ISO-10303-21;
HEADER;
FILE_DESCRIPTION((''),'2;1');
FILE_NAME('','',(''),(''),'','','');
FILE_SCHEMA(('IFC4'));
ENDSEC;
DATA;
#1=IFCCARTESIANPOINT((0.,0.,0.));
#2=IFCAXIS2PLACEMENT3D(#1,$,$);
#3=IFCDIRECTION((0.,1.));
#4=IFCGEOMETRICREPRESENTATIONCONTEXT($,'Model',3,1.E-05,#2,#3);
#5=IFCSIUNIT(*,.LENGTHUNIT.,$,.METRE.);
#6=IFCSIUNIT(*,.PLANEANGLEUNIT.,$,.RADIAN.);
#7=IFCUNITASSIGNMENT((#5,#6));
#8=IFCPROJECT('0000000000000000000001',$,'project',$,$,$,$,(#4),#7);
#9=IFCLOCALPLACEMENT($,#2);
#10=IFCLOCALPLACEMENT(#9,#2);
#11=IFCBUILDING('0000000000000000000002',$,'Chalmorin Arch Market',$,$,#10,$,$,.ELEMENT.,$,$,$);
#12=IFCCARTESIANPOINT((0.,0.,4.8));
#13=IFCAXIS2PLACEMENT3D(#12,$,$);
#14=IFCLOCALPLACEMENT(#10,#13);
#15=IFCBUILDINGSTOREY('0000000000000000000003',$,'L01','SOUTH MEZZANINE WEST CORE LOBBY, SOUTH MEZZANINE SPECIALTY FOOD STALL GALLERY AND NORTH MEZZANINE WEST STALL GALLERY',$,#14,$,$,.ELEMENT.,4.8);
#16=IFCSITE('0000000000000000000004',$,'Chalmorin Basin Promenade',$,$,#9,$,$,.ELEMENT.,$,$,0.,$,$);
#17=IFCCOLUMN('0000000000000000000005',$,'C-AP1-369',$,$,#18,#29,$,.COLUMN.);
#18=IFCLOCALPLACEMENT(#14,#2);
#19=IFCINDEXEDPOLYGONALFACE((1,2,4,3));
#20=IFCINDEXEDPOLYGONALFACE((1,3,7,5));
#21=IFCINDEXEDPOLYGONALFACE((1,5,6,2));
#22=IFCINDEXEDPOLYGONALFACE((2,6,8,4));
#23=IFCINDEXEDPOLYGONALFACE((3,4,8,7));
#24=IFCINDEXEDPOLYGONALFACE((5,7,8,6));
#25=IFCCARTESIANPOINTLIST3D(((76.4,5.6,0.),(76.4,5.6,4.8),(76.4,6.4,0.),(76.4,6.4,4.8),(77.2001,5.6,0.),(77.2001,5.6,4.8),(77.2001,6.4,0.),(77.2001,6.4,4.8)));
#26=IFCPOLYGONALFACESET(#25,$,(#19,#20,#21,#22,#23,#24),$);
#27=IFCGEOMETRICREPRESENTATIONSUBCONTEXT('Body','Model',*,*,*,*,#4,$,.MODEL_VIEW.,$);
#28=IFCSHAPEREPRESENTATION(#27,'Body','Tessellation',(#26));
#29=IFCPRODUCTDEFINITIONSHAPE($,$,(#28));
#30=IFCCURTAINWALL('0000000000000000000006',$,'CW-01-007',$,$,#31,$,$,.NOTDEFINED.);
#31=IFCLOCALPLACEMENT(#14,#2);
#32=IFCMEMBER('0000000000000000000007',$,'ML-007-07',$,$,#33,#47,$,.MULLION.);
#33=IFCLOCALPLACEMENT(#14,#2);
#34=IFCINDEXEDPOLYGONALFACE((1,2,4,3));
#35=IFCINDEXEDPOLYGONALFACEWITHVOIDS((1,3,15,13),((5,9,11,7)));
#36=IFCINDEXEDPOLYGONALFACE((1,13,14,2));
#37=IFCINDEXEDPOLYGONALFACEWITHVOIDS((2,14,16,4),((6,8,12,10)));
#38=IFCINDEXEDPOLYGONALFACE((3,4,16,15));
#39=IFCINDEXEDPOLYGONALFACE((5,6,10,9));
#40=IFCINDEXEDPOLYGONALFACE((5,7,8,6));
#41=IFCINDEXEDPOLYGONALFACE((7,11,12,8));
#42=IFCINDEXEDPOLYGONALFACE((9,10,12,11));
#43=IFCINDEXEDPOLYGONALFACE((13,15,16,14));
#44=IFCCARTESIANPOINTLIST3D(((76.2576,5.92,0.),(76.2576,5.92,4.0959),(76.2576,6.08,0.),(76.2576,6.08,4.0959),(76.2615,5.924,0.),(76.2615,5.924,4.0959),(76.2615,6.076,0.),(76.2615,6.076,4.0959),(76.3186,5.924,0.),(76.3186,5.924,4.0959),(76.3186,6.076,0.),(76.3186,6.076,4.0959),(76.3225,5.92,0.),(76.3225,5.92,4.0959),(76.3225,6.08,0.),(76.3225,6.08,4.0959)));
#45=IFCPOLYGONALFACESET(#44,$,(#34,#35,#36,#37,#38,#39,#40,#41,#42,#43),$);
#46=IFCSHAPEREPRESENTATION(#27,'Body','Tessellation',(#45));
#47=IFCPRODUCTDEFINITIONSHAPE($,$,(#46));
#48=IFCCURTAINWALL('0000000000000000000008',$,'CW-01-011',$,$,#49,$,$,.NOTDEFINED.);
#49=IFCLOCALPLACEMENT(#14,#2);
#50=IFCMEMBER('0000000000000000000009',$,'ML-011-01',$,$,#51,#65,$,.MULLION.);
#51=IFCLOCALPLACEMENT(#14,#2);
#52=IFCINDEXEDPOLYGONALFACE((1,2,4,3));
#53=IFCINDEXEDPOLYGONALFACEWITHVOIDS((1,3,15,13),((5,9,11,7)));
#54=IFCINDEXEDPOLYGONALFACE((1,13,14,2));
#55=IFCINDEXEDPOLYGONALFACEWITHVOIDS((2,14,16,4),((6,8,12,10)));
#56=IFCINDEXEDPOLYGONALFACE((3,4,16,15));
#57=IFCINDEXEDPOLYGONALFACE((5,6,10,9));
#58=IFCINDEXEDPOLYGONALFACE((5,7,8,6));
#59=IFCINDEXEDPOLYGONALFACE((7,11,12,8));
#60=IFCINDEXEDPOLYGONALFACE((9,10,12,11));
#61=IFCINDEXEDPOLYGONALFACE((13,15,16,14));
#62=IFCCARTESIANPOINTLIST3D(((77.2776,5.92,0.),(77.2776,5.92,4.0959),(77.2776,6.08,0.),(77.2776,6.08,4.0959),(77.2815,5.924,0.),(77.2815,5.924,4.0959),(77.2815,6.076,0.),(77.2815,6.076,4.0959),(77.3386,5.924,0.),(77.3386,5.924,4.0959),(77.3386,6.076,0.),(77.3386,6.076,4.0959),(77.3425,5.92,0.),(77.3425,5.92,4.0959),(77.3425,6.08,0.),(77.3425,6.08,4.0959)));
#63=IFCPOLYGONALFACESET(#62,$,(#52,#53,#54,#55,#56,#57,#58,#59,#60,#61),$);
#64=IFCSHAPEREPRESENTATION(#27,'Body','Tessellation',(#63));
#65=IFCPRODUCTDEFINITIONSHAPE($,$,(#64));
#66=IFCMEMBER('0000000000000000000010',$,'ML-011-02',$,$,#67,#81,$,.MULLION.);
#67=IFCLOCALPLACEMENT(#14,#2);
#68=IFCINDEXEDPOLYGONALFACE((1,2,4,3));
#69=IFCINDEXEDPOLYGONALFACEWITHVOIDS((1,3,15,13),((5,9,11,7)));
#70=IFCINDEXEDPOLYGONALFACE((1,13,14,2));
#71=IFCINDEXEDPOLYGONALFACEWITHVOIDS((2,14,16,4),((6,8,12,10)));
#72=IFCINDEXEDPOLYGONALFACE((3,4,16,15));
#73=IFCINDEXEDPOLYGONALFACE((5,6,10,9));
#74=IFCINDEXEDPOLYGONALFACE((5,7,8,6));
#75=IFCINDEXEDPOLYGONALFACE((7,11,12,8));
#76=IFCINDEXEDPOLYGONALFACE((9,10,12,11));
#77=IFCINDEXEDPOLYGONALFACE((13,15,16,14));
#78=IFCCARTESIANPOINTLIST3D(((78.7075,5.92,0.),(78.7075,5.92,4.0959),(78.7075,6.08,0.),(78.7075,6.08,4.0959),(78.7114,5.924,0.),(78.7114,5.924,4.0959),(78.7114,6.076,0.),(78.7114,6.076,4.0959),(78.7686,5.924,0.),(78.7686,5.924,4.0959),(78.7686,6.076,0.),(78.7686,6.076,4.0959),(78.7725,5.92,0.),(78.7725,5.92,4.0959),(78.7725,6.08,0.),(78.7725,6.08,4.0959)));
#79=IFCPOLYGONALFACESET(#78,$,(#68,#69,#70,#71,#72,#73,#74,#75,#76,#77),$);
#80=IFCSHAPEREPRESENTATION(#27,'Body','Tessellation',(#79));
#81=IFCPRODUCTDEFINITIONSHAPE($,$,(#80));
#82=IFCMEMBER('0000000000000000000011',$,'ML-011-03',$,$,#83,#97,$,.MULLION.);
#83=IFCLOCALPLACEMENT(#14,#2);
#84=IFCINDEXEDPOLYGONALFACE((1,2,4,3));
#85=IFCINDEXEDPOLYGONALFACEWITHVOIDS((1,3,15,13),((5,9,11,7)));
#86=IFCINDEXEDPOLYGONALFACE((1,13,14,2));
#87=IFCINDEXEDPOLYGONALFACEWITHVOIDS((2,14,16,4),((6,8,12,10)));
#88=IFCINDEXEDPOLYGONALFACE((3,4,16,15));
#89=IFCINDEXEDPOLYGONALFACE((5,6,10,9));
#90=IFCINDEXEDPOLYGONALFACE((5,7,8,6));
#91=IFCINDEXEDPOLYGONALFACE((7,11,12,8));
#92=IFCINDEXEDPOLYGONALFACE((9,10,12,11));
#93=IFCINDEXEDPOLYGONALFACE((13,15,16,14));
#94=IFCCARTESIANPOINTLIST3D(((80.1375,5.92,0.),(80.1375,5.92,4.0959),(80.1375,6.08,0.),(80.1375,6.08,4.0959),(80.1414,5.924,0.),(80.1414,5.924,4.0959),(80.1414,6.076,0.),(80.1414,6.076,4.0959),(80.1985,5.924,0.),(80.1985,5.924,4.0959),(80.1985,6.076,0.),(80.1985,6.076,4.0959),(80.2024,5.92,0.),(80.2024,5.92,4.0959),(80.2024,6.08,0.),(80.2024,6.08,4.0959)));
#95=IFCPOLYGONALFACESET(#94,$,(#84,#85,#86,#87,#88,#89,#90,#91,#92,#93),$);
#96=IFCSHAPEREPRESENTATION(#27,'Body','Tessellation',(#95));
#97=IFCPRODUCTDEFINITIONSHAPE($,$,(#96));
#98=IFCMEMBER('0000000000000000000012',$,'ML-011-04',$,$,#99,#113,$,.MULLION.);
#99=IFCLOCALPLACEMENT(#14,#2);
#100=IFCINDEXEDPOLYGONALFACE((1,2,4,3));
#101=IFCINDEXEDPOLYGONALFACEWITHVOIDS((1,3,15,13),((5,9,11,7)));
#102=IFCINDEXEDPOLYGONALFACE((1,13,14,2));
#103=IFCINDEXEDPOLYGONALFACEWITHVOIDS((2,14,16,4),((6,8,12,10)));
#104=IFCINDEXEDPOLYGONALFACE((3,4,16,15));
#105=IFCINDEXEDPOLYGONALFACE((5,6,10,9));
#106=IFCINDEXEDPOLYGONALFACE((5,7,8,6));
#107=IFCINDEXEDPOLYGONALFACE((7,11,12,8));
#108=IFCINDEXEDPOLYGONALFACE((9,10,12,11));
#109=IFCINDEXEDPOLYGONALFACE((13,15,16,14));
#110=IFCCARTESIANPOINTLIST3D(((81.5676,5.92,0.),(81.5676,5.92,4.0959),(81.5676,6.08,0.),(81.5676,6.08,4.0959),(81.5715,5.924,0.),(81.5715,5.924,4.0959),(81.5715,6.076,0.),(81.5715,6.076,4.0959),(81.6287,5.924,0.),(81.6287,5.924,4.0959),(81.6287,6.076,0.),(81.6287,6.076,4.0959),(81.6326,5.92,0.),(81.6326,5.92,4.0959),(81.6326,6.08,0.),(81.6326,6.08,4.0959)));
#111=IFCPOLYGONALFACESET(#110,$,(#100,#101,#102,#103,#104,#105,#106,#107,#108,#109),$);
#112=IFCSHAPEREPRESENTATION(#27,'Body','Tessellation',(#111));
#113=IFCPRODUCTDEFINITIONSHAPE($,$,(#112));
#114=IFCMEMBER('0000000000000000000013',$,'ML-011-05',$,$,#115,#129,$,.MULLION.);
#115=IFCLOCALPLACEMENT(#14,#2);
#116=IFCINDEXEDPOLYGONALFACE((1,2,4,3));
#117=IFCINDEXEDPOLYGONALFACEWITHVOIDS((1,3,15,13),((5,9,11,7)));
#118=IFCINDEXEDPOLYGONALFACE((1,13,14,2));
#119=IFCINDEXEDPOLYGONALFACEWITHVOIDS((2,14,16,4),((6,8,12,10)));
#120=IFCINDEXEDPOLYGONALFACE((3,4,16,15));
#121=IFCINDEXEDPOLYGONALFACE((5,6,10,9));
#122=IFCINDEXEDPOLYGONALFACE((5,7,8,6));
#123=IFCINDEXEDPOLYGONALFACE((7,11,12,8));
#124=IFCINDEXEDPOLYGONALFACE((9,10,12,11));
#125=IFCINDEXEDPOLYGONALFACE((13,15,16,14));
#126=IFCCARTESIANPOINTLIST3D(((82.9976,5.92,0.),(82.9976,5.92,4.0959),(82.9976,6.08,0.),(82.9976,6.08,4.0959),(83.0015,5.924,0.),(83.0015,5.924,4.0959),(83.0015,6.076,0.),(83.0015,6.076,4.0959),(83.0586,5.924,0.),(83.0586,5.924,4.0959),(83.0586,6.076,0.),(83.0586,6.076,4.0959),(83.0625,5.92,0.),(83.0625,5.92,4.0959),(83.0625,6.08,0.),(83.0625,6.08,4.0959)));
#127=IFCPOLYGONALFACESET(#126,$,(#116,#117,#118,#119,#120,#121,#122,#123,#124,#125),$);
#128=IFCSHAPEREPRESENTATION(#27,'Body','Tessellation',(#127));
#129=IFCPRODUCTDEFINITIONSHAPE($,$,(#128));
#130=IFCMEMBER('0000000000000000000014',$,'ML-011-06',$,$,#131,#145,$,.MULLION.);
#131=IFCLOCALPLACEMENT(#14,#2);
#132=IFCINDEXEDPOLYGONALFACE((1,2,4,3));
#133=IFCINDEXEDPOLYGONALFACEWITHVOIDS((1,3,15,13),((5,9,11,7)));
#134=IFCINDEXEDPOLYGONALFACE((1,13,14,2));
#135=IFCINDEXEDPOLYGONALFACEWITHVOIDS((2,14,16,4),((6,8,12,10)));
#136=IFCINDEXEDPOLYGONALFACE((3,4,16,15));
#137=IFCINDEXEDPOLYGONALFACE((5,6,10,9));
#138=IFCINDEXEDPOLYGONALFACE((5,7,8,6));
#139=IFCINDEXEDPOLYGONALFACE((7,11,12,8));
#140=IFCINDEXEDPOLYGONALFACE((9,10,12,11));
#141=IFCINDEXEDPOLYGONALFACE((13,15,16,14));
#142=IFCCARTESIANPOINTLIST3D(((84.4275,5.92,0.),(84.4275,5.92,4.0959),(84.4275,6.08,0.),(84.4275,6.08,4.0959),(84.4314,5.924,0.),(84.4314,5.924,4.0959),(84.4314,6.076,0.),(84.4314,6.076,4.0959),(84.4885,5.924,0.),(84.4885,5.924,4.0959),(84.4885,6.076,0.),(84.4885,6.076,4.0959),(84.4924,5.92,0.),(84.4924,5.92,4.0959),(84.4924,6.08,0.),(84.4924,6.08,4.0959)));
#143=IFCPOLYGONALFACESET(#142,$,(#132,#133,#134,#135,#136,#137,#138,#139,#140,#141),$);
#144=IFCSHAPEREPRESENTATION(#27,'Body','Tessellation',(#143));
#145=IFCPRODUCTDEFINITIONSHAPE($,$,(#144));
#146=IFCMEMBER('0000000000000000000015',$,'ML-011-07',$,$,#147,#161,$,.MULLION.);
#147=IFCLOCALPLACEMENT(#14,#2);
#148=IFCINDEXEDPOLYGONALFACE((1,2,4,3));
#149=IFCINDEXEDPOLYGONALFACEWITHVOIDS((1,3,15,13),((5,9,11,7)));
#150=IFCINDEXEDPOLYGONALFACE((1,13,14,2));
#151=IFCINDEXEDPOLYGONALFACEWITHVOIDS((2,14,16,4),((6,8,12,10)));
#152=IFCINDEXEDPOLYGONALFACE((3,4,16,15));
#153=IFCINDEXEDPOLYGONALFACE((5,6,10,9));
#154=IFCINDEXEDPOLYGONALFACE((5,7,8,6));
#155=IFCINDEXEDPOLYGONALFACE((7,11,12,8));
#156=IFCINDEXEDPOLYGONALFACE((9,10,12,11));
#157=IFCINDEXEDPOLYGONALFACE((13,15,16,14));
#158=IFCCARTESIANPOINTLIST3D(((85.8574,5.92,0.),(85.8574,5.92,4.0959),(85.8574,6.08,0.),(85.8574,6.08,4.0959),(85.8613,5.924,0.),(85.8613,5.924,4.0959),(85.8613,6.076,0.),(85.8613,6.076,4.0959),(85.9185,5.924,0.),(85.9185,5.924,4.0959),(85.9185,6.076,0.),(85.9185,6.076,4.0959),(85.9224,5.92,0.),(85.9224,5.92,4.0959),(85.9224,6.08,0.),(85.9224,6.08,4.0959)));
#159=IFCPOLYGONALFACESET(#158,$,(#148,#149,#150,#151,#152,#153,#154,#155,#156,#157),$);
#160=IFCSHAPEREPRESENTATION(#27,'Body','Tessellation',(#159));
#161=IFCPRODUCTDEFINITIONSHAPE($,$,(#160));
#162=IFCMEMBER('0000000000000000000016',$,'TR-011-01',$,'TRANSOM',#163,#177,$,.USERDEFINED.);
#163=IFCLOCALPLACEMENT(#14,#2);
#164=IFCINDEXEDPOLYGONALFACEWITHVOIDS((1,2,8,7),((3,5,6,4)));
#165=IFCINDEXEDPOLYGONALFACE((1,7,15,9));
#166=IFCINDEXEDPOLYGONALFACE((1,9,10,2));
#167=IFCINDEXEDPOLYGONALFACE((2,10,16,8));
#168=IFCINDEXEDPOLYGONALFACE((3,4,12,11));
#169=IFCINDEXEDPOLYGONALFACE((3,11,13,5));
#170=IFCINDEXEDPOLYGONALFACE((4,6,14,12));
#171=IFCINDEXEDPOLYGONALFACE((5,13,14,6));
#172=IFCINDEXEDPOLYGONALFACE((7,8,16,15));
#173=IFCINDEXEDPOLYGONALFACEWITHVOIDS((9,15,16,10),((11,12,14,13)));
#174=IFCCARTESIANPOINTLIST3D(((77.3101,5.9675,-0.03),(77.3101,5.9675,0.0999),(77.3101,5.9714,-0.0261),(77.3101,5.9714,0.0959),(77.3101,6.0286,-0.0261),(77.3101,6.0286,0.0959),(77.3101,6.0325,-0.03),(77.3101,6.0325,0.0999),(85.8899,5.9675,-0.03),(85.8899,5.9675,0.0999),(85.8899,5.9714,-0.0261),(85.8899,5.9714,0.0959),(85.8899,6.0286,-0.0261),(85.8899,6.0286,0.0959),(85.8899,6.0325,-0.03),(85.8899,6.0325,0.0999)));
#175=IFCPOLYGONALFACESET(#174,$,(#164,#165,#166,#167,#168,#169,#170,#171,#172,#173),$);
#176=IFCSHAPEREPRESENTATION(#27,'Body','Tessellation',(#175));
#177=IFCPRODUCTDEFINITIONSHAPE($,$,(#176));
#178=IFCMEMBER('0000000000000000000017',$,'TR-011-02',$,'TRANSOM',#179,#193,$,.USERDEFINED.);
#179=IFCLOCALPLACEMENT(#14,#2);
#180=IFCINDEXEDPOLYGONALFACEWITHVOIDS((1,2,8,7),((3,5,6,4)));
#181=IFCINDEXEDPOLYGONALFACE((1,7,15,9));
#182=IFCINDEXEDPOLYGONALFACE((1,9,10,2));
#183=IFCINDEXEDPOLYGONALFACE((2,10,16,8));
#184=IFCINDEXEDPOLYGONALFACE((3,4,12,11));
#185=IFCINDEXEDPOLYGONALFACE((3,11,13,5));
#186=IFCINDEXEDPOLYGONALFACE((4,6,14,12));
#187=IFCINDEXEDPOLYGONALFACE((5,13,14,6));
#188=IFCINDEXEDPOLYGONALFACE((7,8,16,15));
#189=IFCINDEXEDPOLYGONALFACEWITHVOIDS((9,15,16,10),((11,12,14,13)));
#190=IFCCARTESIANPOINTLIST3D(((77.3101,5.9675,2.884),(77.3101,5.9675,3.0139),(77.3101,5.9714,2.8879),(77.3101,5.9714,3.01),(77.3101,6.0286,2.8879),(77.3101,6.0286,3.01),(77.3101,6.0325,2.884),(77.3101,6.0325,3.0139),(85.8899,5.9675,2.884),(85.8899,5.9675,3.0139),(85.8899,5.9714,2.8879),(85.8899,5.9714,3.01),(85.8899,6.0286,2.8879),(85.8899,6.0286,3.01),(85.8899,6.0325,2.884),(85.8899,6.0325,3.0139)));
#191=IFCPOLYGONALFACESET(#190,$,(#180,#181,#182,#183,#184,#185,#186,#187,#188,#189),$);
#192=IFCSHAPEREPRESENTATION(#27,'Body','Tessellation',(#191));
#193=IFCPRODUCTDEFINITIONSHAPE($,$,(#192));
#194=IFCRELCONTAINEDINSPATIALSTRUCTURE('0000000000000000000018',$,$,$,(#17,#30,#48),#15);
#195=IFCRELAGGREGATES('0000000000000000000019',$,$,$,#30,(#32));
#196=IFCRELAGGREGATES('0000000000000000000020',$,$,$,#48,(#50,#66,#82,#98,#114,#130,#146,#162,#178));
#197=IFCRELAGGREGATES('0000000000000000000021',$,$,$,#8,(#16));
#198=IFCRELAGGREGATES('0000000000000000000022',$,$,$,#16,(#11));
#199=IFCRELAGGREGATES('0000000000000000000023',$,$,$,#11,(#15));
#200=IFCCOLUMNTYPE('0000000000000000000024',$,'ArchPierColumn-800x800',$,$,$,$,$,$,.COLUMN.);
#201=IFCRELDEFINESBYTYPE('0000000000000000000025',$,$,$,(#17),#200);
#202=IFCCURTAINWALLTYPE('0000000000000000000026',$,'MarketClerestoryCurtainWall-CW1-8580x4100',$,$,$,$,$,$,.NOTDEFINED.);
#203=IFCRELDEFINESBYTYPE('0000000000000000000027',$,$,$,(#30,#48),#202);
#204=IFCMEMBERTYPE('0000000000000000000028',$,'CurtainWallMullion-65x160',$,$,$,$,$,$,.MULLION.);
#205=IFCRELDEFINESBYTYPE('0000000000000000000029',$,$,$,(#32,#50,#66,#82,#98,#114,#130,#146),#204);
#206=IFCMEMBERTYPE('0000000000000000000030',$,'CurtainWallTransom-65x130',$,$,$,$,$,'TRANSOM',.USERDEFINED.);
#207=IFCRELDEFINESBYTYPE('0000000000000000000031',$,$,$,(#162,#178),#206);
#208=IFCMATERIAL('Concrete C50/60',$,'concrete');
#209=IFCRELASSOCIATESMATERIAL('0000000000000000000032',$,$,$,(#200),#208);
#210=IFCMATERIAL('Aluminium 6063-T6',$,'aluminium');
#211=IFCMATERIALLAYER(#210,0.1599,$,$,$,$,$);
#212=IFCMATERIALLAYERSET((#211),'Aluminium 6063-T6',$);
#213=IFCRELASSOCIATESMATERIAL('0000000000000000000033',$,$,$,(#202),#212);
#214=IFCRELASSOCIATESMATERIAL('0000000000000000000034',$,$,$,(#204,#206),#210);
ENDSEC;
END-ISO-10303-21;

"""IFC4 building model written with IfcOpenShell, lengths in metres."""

from ifc_helpers import new_model, si_unit, direction, frame, origin, origin_2d, place, context, subcontext, project, spatial, rectangle, hollow_rectangle, extrude, material, layer, layer_set, material_profile, profile_set, type_object, element, aggregate, save


model = new_model("IFC4")

# Units and contexts
model_context = context("Model", 3, precision=1e-05, world=origin(), true_north=direction((0.0, 1.0)))
body_context = subcontext(model_context, "Body", "Model", "MODEL_VIEW")
ifc_project = project(units=[si_unit("LENGTHUNIT", "METRE"), si_unit("PLANEANGLEUNIT", "RADIAN")], contexts=[model_context])

# Site, building, storey
site_placement = place(None, origin())
site = spatial("IfcSite", under=ifc_project, at=site_placement, Name="Chalmorin Basin Promenade", CompositionType="ELEMENT", RefElevation=0.0)
building_placement = place(site_placement, origin())
building = spatial("IfcBuilding", under=site, at=building_placement, Name="Chalmorin Arch Market", CompositionType="ELEMENT")
storey_placement = place(building_placement, frame((0.0, 0.0, 4.8)))
storey = spatial("IfcBuildingStorey", under=building, at=storey_placement, Name="L01", Description="SOUTH MEZZANINE WEST CORE LOBBY, SOUTH MEZZANINE SPECIALTY FOOD STALL GALLERY AND NORTH MEZZANINE WEST STALL GALLERY", CompositionType="ELEMENT", Elevation=4.8)

# Column
ifc_material_1 = material(Name="Concrete C50/60", Category="concrete")
ifc_material_profile_1 = material_profile(ifc_material_1, rectangle(XDim=0.8, YDim=0.8, at=origin_2d()), Name="RC800X800")
ifc_profile_set_1 = profile_set([ifc_material_profile_1], Name="Concrete C50/60")
column_type = type_object("IfcColumnType", Name="ArchPierColumn-800x800", PredefinedType="COLUMN", material=ifc_profile_set_1)
column_placement = place(storey_placement, frame((76.8, 6.0, 0.0), z_axis=(0.0, 0.0, 1.0), x_axis=(1.0, 0.0, 0.0)))
element("IfcColumn", 1, at=column_placement, inside=storey, type_object=column_type, Name="C-AP1-369", PredefinedType="COLUMN", context=body_context, shape_type="SweptSolid", body=[
    extrude(rectangle(XDim=0.8, YDim=0.8, at=origin_2d()), origin(), (0.0, 0.0, 1.0), 4.8),
])

# Curtain wall, member
ifc_material_2 = material(Name="Aluminium 6063-T6", Category="aluminium")
ifc_layer_1 = layer(ifc_material_2, 0.1599)
ifc_layer_set_1 = layer_set([ifc_layer_1], Name="Aluminium 6063-T6")
curtain_wall_type = type_object("IfcCurtainWallType", Name="MarketClerestoryCurtainWall-CW1-8580x4100", PredefinedType="NOTDEFINED", material=ifc_layer_set_1)
curtain_wall_1_placement = place(storey_placement, origin())
curtain_wall_1 = element("IfcCurtainWall", 2, at=curtain_wall_1_placement, inside=storey, type_object=curtain_wall_type, Name="CW-01-007", PredefinedType="NOTDEFINED")
ifc_material_profile_2 = material_profile(ifc_material_2, hollow_rectangle(XDim=0.0649, YDim=0.1599, WallThickness=0.0039, at=origin_2d()), Name="ALU65X160X4")
ifc_profile_set_2 = profile_set([ifc_material_profile_2], Name="Aluminium 6063-T6")
member_type_1 = type_object("IfcMemberType", Name="CurtainWallMullion-65x160", PredefinedType="MULLION", material=ifc_profile_set_2)
member_1_placement = place(storey_placement, frame((76.29, 6.0, 0.0), z_axis=(0.0, 0.0, 1.0), x_axis=(1.0, 0.0, 0.0)))
member_1 = element("IfcMember", 3, at=member_1_placement, type_object=member_type_1, Name="ML-007-07", PredefinedType="MULLION", context=body_context, shape_type="SweptSolid", body=[
    extrude(hollow_rectangle(XDim=0.0649, YDim=0.1599, WallThickness=0.0039, at=origin_2d()), origin(), (0.0, 0.0, 1.0), 4.0959),
])

# Curtain wall, members
curtain_wall_2_placement = place(storey_placement, origin())
curtain_wall_2 = element("IfcCurtainWall", 4, at=curtain_wall_2_placement, inside=storey, type_object=curtain_wall_type, Name="CW-01-011", PredefinedType="NOTDEFINED")
member_2_placement = place(storey_placement, frame((77.3101, 6.0, 0.0), z_axis=(0.0, 0.0, 1.0), x_axis=(1.0, 0.0, 0.0)))
member_2 = element("IfcMember", 5, at=member_2_placement, type_object=member_type_1, Name="ML-011-01", PredefinedType="MULLION", context=body_context, shape_type="SweptSolid", body=[
    extrude(hollow_rectangle(XDim=0.0649, YDim=0.1599, WallThickness=0.0039, at=origin_2d()), origin(), (0.0, 0.0, 1.0), 4.0959),
])
member_3_placement = place(storey_placement, frame((78.74, 6.0, 0.0), z_axis=(0.0, 0.0, 1.0), x_axis=(1.0, 0.0, 0.0)))
member_3 = element("IfcMember", 6, at=member_3_placement, type_object=member_type_1, Name="ML-011-02", PredefinedType="MULLION", context=body_context, shape_type="SweptSolid", body=[
    extrude(hollow_rectangle(XDim=0.0649, YDim=0.1599, WallThickness=0.0039, at=origin_2d()), origin(), (0.0, 0.0, 1.0), 4.0959),
])
member_4_placement = place(storey_placement, frame((80.1699, 6.0, 0.0), z_axis=(0.0, 0.0, 1.0), x_axis=(1.0, 0.0, 0.0)))
member_4 = element("IfcMember", 7, at=member_4_placement, type_object=member_type_1, Name="ML-011-03", PredefinedType="MULLION", context=body_context, shape_type="SweptSolid", body=[
    extrude(hollow_rectangle(XDim=0.0649, YDim=0.1599, WallThickness=0.0039, at=origin_2d()), origin(), (0.0, 0.0, 1.0), 4.0959),
])
member_5_placement = place(storey_placement, frame((81.6001, 6.0, 0.0), z_axis=(0.0, 0.0, 1.0), x_axis=(1.0, 0.0, 0.0)))
member_5 = element("IfcMember", 8, at=member_5_placement, type_object=member_type_1, Name="ML-011-04", PredefinedType="MULLION", context=body_context, shape_type="SweptSolid", body=[
    extrude(hollow_rectangle(XDim=0.0649, YDim=0.1599, WallThickness=0.0039, at=origin_2d()), origin(), (0.0, 0.0, 1.0), 4.0959),
])
member_6_placement = place(storey_placement, frame((83.03, 6.0, 0.0), z_axis=(0.0, 0.0, 1.0), x_axis=(1.0, 0.0, 0.0)))
member_6 = element("IfcMember", 9, at=member_6_placement, type_object=member_type_1, Name="ML-011-05", PredefinedType="MULLION", context=body_context, shape_type="SweptSolid", body=[
    extrude(hollow_rectangle(XDim=0.0649, YDim=0.1599, WallThickness=0.0039, at=origin_2d()), origin(), (0.0, 0.0, 1.0), 4.0959),
])
member_7_placement = place(storey_placement, frame((84.46, 6.0, 0.0), z_axis=(0.0, 0.0, 1.0), x_axis=(1.0, 0.0, 0.0)))
member_7 = element("IfcMember", 10, at=member_7_placement, type_object=member_type_1, Name="ML-011-06", PredefinedType="MULLION", context=body_context, shape_type="SweptSolid", body=[
    extrude(hollow_rectangle(XDim=0.0649, YDim=0.1599, WallThickness=0.0039, at=origin_2d()), origin(), (0.0, 0.0, 1.0), 4.0959),
])
member_8_placement = place(storey_placement, frame((85.8899, 6.0, 0.0), z_axis=(0.0, 0.0, 1.0), x_axis=(1.0, 0.0, 0.0)))
member_8 = element("IfcMember", 11, at=member_8_placement, type_object=member_type_1, Name="ML-011-07", PredefinedType="MULLION", context=body_context, shape_type="SweptSolid", body=[
    extrude(hollow_rectangle(XDim=0.0649, YDim=0.1599, WallThickness=0.0039, at=origin_2d()), origin(), (0.0, 0.0, 1.0), 4.0959),
])
ifc_material_profile_3 = material_profile(ifc_material_2, hollow_rectangle(XDim=0.0649, YDim=0.1299, WallThickness=0.0039, at=origin_2d()), Name="ALU65X130X4")
ifc_profile_set_3 = profile_set([ifc_material_profile_3], Name="Aluminium 6063-T6")
member_type_2 = type_object("IfcMemberType", Name="CurtainWallTransom-65x130", ElementType="TRANSOM", PredefinedType="USERDEFINED", material=ifc_profile_set_3)
member_9_placement = place(storey_placement, frame((77.3101, 6.0, 0.0349), z_axis=(1.0, 0.0, 0.0), x_axis=(0.0, 1.0, 0.0)))
member_9 = element("IfcMember", 12, at=member_9_placement, type_object=member_type_2, Name="TR-011-01", ObjectType="TRANSOM", PredefinedType="USERDEFINED", context=body_context, shape_type="SweptSolid", body=[
    extrude(hollow_rectangle(XDim=0.0649, YDim=0.1299, WallThickness=0.0039, at=origin_2d()), origin(), (0.0, 0.0, 1.0), 8.5798),
])
member_10_placement = place(storey_placement, frame((77.3101, 6.0, 2.949), z_axis=(1.0, 0.0, 0.0), x_axis=(0.0, 1.0, 0.0)))
member_10 = element("IfcMember", 13, at=member_10_placement, type_object=member_type_2, Name="TR-011-02", ObjectType="TRANSOM", PredefinedType="USERDEFINED", context=body_context, shape_type="SweptSolid", body=[
    extrude(hollow_rectangle(XDim=0.0649, YDim=0.1299, WallThickness=0.0039, at=origin_2d()), origin(), (0.0, 0.0, 1.0), 8.5798),
])

aggregate(curtain_wall_1, [member_1])
aggregate(curtain_wall_2, [member_2, member_3, member_4, member_5, member_6, member_7, member_8, member_9, member_10])

save(model, "model.ifc")
